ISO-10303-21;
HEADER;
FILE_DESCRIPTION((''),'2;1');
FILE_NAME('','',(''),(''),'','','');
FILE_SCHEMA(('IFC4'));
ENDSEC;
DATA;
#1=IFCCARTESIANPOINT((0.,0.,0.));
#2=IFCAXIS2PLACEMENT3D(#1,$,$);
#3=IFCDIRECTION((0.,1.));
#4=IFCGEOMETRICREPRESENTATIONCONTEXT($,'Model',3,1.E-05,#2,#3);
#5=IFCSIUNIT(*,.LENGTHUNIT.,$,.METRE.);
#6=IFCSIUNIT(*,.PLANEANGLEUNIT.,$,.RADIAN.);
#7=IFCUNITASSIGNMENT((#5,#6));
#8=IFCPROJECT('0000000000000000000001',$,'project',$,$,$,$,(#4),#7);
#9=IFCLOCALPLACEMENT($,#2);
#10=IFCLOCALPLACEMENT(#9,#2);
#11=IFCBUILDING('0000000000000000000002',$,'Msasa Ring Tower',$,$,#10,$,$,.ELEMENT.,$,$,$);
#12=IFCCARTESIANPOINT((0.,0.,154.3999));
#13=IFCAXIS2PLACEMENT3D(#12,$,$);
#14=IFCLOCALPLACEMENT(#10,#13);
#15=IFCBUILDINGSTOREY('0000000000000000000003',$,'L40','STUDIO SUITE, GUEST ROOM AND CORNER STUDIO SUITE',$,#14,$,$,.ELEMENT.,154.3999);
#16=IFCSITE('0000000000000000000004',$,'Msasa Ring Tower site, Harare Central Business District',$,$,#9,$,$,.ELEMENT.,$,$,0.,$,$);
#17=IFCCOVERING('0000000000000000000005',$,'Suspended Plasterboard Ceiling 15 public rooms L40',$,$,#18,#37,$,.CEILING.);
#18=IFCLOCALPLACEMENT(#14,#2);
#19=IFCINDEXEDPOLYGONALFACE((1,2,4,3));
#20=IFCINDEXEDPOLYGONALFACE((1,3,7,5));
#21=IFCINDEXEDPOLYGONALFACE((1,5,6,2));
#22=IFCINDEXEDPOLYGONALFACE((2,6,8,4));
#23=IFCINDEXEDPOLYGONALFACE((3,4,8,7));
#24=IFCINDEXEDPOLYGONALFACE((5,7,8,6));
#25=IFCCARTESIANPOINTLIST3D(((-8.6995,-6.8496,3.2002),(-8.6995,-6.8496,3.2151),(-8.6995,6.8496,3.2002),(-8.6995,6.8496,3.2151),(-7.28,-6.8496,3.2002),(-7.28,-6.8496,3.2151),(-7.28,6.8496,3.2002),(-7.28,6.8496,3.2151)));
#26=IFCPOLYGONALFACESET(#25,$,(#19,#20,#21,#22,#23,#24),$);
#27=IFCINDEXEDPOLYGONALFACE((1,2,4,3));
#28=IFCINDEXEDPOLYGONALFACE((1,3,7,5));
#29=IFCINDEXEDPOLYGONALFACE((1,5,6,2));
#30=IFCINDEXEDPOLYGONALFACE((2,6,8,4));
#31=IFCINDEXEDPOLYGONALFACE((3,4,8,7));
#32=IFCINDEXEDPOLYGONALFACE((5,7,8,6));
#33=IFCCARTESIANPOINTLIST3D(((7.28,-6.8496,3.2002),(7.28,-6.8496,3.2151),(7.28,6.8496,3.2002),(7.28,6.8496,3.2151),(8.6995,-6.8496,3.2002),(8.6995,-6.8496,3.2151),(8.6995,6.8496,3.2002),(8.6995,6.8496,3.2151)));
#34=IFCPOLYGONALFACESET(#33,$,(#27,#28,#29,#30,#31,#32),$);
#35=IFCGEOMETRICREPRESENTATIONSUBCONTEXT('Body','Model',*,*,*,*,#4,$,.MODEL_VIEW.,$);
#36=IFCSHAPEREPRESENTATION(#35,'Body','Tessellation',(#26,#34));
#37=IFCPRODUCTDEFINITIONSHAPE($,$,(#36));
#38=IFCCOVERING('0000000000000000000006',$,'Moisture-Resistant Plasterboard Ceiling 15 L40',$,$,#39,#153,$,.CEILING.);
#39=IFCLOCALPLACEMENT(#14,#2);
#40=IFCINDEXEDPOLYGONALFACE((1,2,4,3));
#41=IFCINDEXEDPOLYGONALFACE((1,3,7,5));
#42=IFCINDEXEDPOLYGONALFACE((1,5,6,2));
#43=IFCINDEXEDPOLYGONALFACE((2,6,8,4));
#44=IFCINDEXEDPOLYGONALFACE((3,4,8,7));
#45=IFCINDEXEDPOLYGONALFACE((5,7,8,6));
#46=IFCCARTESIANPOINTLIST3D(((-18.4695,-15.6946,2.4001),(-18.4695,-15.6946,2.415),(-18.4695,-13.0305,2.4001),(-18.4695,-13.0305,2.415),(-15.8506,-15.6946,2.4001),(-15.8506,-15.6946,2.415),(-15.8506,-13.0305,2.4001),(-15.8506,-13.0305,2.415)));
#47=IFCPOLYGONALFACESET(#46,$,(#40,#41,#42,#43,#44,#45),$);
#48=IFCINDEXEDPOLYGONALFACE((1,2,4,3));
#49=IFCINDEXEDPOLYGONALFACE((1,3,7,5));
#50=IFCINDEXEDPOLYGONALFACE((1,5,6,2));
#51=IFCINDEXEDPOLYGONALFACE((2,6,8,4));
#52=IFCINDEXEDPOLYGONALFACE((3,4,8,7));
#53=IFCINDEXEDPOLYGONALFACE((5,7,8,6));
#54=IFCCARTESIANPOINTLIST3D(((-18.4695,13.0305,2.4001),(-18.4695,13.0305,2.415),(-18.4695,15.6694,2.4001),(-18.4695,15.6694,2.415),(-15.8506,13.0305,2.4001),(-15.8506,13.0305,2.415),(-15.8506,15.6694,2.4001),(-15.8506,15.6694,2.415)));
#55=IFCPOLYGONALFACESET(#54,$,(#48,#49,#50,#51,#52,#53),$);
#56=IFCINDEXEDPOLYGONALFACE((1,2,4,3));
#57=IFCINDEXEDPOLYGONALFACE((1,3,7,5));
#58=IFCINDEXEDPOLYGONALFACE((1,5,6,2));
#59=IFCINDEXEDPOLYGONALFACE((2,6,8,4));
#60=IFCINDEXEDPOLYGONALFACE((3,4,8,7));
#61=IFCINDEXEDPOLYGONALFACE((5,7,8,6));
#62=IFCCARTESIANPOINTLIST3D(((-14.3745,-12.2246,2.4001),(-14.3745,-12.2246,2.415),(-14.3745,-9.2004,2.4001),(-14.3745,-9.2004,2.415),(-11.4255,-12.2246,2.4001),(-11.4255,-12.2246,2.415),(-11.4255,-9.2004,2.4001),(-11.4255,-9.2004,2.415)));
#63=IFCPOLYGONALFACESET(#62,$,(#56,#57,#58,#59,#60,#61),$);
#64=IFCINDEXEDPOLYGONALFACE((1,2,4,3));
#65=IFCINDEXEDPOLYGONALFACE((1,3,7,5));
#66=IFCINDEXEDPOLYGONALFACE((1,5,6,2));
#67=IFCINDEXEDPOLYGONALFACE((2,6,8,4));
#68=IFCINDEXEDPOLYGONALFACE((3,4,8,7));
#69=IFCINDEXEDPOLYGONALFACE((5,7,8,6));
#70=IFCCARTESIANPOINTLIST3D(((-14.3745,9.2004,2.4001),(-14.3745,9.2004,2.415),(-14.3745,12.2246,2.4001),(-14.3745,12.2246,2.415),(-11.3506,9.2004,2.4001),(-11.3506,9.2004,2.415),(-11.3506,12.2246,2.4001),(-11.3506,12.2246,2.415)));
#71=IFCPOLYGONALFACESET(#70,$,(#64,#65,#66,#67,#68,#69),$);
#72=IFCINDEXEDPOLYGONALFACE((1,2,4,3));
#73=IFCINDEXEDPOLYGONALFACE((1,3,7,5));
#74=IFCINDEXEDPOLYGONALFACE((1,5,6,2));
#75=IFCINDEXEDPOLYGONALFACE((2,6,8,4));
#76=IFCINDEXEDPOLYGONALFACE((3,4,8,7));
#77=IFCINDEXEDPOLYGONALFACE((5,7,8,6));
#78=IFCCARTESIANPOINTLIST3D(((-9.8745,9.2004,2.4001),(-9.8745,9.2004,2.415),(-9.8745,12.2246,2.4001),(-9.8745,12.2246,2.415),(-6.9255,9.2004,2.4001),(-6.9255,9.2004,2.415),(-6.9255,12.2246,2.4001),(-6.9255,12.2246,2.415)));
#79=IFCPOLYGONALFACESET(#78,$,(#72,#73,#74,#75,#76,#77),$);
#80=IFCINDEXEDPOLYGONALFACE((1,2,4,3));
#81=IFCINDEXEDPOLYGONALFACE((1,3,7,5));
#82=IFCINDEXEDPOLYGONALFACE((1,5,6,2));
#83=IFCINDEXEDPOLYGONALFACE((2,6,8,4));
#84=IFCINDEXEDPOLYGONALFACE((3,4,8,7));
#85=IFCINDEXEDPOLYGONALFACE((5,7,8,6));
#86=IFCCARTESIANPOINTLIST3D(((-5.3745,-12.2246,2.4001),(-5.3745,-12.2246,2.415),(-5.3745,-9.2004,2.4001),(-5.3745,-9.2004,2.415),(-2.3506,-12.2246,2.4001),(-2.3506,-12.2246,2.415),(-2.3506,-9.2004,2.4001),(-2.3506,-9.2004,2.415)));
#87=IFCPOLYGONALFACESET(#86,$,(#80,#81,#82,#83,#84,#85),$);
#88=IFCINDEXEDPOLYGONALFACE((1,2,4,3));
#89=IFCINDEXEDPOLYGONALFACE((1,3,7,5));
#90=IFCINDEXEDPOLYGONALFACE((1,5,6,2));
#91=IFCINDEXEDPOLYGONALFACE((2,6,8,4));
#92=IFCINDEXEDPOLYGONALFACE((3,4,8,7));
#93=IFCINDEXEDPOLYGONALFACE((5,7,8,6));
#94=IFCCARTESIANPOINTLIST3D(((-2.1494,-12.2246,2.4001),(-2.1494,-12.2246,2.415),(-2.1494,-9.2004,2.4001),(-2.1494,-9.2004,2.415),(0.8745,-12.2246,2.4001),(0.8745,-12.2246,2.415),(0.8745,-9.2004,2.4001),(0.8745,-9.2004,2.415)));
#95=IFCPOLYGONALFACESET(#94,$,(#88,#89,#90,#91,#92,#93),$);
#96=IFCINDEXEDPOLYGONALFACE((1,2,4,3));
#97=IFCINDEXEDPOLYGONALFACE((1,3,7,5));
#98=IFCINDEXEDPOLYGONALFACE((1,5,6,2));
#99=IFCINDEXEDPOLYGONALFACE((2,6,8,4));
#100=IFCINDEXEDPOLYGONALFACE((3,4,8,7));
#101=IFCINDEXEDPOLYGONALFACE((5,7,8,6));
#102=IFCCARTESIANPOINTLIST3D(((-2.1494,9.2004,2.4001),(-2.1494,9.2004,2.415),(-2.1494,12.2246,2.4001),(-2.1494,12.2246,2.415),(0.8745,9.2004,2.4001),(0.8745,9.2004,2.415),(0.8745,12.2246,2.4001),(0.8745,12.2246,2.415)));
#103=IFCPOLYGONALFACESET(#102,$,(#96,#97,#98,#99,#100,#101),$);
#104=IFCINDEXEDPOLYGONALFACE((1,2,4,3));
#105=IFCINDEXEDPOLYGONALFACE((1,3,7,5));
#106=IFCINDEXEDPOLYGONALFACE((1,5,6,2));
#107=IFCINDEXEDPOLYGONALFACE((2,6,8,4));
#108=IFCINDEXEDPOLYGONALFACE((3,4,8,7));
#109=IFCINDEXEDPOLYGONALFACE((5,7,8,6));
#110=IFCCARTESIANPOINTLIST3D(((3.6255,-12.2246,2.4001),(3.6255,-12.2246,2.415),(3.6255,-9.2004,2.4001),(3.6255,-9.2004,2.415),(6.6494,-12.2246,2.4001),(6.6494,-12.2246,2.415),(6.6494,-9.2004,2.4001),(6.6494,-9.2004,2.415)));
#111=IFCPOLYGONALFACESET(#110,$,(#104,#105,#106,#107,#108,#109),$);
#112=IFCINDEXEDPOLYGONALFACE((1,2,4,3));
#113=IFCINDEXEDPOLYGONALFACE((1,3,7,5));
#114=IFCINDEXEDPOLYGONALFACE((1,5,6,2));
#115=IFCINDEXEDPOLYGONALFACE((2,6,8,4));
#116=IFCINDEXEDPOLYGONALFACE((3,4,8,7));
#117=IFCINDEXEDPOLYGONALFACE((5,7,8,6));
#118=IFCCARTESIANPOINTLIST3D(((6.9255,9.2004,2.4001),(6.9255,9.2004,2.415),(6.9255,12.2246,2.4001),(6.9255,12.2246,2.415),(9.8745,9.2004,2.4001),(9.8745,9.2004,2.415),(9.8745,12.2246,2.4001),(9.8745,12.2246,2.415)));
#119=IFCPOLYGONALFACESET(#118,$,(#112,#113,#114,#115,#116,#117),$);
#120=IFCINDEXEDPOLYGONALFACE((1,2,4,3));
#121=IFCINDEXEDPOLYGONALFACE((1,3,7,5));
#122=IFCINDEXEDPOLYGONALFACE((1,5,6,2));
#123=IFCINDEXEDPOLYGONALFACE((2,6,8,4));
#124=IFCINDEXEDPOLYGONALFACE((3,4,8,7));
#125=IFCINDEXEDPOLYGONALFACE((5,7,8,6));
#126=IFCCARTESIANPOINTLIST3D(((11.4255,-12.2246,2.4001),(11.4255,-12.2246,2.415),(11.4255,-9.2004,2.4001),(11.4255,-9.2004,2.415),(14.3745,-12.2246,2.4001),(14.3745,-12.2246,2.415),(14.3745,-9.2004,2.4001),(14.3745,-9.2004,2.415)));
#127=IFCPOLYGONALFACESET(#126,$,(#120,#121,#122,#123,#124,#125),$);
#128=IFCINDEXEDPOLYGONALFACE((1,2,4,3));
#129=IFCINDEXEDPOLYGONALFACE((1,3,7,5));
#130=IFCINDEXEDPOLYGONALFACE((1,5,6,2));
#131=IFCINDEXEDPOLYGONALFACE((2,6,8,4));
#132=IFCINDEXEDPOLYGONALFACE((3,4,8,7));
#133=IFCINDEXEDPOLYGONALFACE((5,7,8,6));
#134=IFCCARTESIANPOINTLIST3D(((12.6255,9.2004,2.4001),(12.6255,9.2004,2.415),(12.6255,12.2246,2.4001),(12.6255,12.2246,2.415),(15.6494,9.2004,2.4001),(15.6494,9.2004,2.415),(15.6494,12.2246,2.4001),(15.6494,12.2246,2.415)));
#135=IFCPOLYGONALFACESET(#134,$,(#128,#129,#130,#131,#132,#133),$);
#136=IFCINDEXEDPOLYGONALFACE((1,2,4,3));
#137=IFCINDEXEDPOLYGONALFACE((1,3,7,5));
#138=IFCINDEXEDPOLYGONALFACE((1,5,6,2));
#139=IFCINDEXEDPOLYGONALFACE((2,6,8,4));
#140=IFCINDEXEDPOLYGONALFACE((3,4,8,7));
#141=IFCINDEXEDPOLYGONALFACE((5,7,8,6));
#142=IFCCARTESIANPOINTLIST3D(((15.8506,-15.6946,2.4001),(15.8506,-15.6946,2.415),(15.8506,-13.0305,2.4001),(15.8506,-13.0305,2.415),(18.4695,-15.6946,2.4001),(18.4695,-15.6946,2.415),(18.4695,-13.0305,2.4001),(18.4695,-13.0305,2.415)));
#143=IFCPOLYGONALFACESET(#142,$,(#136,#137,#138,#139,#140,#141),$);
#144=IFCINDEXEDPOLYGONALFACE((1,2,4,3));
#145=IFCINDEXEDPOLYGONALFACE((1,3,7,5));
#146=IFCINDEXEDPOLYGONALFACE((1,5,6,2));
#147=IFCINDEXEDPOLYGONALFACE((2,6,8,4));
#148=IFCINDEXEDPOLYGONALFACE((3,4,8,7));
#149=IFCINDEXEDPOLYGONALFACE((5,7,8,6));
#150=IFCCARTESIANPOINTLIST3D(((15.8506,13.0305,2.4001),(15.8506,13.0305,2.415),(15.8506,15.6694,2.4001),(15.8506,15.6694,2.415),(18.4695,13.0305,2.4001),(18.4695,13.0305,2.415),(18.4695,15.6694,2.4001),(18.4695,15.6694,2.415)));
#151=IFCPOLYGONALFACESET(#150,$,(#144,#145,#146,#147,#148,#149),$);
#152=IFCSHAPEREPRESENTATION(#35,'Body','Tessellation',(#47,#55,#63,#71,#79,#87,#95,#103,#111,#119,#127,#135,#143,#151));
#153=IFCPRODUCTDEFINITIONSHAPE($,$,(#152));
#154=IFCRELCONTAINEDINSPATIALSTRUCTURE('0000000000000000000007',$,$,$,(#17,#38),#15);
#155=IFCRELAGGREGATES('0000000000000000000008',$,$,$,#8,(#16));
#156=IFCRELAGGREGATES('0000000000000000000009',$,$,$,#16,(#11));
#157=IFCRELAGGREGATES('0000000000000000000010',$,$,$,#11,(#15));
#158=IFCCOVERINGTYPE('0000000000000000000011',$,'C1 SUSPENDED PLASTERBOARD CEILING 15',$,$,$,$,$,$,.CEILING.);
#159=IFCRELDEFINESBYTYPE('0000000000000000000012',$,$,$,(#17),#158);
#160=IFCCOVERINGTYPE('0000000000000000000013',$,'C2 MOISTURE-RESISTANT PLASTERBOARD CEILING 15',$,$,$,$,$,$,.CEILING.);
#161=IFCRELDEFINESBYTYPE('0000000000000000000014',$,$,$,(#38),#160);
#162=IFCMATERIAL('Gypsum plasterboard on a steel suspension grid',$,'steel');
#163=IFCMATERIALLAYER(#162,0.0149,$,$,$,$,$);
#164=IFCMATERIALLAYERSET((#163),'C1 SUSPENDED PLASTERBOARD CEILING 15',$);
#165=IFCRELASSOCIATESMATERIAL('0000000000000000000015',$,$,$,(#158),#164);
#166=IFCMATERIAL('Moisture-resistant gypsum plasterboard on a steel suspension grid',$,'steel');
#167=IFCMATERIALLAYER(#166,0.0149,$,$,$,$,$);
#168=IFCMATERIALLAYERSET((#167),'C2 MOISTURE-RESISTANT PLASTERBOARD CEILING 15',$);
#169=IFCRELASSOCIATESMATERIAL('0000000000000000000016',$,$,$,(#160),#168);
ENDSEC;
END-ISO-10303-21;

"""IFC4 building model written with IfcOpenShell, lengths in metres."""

from ifc_helpers import new_model, si_unit, direction, frame, origin, place, context, subcontext, project, spatial, line, indexed_curve, outline, extrude, material, layer, layer_set, type_object, element, save


model = new_model("IFC4")

# Units and contexts
model_context = context("Model", 3, precision=1e-05, world=origin(), true_north=direction((0.0, 1.0)))
body_context = subcontext(model_context, "Body", "Model", "MODEL_VIEW")
ifc_project = project(units=[si_unit("LENGTHUNIT", "METRE"), si_unit("PLANEANGLEUNIT", "RADIAN")], contexts=[model_context])

# Site, building, storey
site_placement = place(None, origin())
site = spatial("IfcSite", under=ifc_project, at=site_placement, Name="Msasa Ring Tower site, Harare Central Business District", CompositionType="ELEMENT", RefElevation=0.0)
building_placement = place(site_placement, origin())
building = spatial("IfcBuilding", under=site, at=building_placement, Name="Msasa Ring Tower", CompositionType="ELEMENT")
storey_placement = place(building_placement, frame((0.0, 0.0, 154.3999)))
storey = spatial("IfcBuildingStorey", under=building, at=storey_placement, Name="L40", Description="STUDIO SUITE, GUEST ROOM AND CORNER STUDIO SUITE", CompositionType="ELEMENT", Elevation=154.3999)

# Coverings
ifc_material_1 = material(Name="Gypsum plasterboard on a steel suspension grid", Category="steel")
ifc_layer_1 = layer(ifc_material_1, 0.0149)
ifc_layer_set_1 = layer_set([ifc_layer_1], Name="C1 SUSPENDED PLASTERBOARD CEILING 15")
covering_type_1 = type_object("IfcCoveringType", Name="C1 SUSPENDED PLASTERBOARD CEILING 15", PredefinedType="CEILING", material=ifc_layer_set_1)
covering_1_placement = place(storey_placement, frame((0.0, 0.0, 3.2002)))
element("IfcCovering", 1, at=covering_1_placement, inside=storey, type_object=covering_type_1, Name="Suspended Plasterboard Ceiling 15 public rooms L40", PredefinedType="CEILING", context=body_context, shape_type="SweptSolid", body=[
    extrude(outline(indexed_curve([(-7.28, 6.8496), (-7.28, -6.8496), (-8.6995, -6.8496), (-8.6995, 6.8496)], segments=[line(1, 2, 3, 4, 1)], self_intersect=False)), origin(), (0.0, 0.0, 1.0), 0.0149),
    extrude(outline(indexed_curve([(8.6995, 6.8496), (8.6995, -6.8496), (7.28, -6.8496), (7.28, 6.8496)], segments=[line(1, 2, 3, 4, 1)], self_intersect=False)), origin(), (0.0, 0.0, 1.0), 0.0149),
])
ifc_material_2 = material(Name="Moisture-resistant gypsum plasterboard on a steel suspension grid", Category="steel")
ifc_layer_2 = layer(ifc_material_2, 0.0149)
ifc_layer_set_2 = layer_set([ifc_layer_2], Name="C2 MOISTURE-RESISTANT PLASTERBOARD CEILING 15")
covering_type_2 = type_object("IfcCoveringType", Name="C2 MOISTURE-RESISTANT PLASTERBOARD CEILING 15", PredefinedType="CEILING", material=ifc_layer_set_2)
covering_2_placement = place(storey_placement, frame((0.0, 0.0, 2.4001)))
element("IfcCovering", 2, at=covering_2_placement, inside=storey, type_object=covering_type_2, Name="Moisture-Resistant Plasterboard Ceiling 15 L40", PredefinedType="CEILING", context=body_context, shape_type="SweptSolid", body=[
    extrude(outline(indexed_curve([(-18.4695, -15.6946), (-18.4695, -13.0305), (-15.8506, -13.0305), (-15.8506, -15.6946)], segments=[line(1, 2, 3, 4, 1)], self_intersect=False)), origin(), (0.0, 0.0, 1.0), 0.0149),
    extrude(outline(indexed_curve([(-18.4695, 15.6694), (-15.8506, 15.6694), (-15.8506, 13.0305), (-18.4695, 13.0305)], segments=[line(1, 2, 3, 4, 1)], self_intersect=False)), origin(), (0.0, 0.0, 1.0), 0.0149),
    extrude(outline(indexed_curve([(-11.4255, -9.2004), (-11.4255, -12.2246), (-14.3745, -12.2246), (-14.3745, -9.2004)], segments=[line(1, 2, 3, 4, 1)], self_intersect=False)), origin(), (0.0, 0.0, 1.0), 0.0149),
    extrude(outline(indexed_curve([(-11.3506, 9.2004), (-14.3745, 9.2004), (-14.3745, 12.2246), (-11.3506, 12.2246)], segments=[line(1, 2, 3, 4, 1)], self_intersect=False)), origin(), (0.0, 0.0, 1.0), 0.0149),
    extrude(outline(indexed_curve([(-9.8745, 9.2004), (-9.8745, 12.2246), (-6.9255, 12.2246), (-6.9255, 9.2004)], segments=[line(1, 2, 3, 4, 1)], self_intersect=False)), origin(), (0.0, 0.0, 1.0), 0.0149),
    extrude(outline(indexed_curve([(-2.3506, -9.2004), (-2.3506, -12.2246), (-5.3745, -12.2246), (-5.3745, -9.2004)], segments=[line(1, 2, 3, 4, 1)], self_intersect=False)), origin(), (0.0, 0.0, 1.0), 0.0149),
    extrude(outline(indexed_curve([(-2.1494, -9.2004), (0.8745, -9.2004), (0.8745, -12.2246), (-2.1494, -12.2246)], segments=[line(1, 2, 3, 4, 1)], self_intersect=False)), origin(), (0.0, 0.0, 1.0), 0.0149),
    extrude(outline(indexed_curve([(-2.1494, 12.2246), (0.8745, 12.2246), (0.8745, 9.2004), (-2.1494, 9.2004)], segments=[line(1, 2, 3, 4, 1)], self_intersect=False)), origin(), (0.0, 0.0, 1.0), 0.0149),
    extrude(outline(indexed_curve([(6.6494, -9.2004), (6.6494, -12.2246), (3.6255, -12.2246), (3.6255, -9.2004)], segments=[line(1, 2, 3, 4, 1)], self_intersect=False)), origin(), (0.0, 0.0, 1.0), 0.0149),
    extrude(outline(indexed_curve([(6.9255, 9.2004), (6.9255, 12.2246), (9.8745, 12.2246), (9.8745, 9.2004)], segments=[line(1, 2, 3, 4, 1)], self_intersect=False)), origin(), (0.0, 0.0, 1.0), 0.0149),
    extrude(outline(indexed_curve([(14.3745, -9.2004), (14.3745, -12.2246), (11.4255, -12.2246), (11.4255, -9.2004)], segments=[line(1, 2, 3, 4, 1)], self_intersect=False)), origin(), (0.0, 0.0, 1.0), 0.0149),
    extrude(outline(indexed_curve([(15.6494, 9.2004), (12.6255, 9.2004), (12.6255, 12.2246), (15.6494, 12.2246)], segments=[line(1, 2, 3, 4, 1)], self_intersect=False)), origin(), (0.0, 0.0, 1.0), 0.0149),
    extrude(outline(indexed_curve([(15.8506, -15.6946), (15.8506, -13.0305), (18.4695, -13.0305), (18.4695, -15.6946)], segments=[line(1, 2, 3, 4, 1)], self_intersect=False)), origin(), (0.0, 0.0, 1.0), 0.0149),
    extrude(outline(indexed_curve([(15.8506, 15.6694), (18.4695, 15.6694), (18.4695, 13.0305), (15.8506, 13.0305)], segments=[line(1, 2, 3, 4, 1)], self_intersect=False)), origin(), (0.0, 0.0, 1.0), 0.0149),
])

save(model, "model.ifc")
